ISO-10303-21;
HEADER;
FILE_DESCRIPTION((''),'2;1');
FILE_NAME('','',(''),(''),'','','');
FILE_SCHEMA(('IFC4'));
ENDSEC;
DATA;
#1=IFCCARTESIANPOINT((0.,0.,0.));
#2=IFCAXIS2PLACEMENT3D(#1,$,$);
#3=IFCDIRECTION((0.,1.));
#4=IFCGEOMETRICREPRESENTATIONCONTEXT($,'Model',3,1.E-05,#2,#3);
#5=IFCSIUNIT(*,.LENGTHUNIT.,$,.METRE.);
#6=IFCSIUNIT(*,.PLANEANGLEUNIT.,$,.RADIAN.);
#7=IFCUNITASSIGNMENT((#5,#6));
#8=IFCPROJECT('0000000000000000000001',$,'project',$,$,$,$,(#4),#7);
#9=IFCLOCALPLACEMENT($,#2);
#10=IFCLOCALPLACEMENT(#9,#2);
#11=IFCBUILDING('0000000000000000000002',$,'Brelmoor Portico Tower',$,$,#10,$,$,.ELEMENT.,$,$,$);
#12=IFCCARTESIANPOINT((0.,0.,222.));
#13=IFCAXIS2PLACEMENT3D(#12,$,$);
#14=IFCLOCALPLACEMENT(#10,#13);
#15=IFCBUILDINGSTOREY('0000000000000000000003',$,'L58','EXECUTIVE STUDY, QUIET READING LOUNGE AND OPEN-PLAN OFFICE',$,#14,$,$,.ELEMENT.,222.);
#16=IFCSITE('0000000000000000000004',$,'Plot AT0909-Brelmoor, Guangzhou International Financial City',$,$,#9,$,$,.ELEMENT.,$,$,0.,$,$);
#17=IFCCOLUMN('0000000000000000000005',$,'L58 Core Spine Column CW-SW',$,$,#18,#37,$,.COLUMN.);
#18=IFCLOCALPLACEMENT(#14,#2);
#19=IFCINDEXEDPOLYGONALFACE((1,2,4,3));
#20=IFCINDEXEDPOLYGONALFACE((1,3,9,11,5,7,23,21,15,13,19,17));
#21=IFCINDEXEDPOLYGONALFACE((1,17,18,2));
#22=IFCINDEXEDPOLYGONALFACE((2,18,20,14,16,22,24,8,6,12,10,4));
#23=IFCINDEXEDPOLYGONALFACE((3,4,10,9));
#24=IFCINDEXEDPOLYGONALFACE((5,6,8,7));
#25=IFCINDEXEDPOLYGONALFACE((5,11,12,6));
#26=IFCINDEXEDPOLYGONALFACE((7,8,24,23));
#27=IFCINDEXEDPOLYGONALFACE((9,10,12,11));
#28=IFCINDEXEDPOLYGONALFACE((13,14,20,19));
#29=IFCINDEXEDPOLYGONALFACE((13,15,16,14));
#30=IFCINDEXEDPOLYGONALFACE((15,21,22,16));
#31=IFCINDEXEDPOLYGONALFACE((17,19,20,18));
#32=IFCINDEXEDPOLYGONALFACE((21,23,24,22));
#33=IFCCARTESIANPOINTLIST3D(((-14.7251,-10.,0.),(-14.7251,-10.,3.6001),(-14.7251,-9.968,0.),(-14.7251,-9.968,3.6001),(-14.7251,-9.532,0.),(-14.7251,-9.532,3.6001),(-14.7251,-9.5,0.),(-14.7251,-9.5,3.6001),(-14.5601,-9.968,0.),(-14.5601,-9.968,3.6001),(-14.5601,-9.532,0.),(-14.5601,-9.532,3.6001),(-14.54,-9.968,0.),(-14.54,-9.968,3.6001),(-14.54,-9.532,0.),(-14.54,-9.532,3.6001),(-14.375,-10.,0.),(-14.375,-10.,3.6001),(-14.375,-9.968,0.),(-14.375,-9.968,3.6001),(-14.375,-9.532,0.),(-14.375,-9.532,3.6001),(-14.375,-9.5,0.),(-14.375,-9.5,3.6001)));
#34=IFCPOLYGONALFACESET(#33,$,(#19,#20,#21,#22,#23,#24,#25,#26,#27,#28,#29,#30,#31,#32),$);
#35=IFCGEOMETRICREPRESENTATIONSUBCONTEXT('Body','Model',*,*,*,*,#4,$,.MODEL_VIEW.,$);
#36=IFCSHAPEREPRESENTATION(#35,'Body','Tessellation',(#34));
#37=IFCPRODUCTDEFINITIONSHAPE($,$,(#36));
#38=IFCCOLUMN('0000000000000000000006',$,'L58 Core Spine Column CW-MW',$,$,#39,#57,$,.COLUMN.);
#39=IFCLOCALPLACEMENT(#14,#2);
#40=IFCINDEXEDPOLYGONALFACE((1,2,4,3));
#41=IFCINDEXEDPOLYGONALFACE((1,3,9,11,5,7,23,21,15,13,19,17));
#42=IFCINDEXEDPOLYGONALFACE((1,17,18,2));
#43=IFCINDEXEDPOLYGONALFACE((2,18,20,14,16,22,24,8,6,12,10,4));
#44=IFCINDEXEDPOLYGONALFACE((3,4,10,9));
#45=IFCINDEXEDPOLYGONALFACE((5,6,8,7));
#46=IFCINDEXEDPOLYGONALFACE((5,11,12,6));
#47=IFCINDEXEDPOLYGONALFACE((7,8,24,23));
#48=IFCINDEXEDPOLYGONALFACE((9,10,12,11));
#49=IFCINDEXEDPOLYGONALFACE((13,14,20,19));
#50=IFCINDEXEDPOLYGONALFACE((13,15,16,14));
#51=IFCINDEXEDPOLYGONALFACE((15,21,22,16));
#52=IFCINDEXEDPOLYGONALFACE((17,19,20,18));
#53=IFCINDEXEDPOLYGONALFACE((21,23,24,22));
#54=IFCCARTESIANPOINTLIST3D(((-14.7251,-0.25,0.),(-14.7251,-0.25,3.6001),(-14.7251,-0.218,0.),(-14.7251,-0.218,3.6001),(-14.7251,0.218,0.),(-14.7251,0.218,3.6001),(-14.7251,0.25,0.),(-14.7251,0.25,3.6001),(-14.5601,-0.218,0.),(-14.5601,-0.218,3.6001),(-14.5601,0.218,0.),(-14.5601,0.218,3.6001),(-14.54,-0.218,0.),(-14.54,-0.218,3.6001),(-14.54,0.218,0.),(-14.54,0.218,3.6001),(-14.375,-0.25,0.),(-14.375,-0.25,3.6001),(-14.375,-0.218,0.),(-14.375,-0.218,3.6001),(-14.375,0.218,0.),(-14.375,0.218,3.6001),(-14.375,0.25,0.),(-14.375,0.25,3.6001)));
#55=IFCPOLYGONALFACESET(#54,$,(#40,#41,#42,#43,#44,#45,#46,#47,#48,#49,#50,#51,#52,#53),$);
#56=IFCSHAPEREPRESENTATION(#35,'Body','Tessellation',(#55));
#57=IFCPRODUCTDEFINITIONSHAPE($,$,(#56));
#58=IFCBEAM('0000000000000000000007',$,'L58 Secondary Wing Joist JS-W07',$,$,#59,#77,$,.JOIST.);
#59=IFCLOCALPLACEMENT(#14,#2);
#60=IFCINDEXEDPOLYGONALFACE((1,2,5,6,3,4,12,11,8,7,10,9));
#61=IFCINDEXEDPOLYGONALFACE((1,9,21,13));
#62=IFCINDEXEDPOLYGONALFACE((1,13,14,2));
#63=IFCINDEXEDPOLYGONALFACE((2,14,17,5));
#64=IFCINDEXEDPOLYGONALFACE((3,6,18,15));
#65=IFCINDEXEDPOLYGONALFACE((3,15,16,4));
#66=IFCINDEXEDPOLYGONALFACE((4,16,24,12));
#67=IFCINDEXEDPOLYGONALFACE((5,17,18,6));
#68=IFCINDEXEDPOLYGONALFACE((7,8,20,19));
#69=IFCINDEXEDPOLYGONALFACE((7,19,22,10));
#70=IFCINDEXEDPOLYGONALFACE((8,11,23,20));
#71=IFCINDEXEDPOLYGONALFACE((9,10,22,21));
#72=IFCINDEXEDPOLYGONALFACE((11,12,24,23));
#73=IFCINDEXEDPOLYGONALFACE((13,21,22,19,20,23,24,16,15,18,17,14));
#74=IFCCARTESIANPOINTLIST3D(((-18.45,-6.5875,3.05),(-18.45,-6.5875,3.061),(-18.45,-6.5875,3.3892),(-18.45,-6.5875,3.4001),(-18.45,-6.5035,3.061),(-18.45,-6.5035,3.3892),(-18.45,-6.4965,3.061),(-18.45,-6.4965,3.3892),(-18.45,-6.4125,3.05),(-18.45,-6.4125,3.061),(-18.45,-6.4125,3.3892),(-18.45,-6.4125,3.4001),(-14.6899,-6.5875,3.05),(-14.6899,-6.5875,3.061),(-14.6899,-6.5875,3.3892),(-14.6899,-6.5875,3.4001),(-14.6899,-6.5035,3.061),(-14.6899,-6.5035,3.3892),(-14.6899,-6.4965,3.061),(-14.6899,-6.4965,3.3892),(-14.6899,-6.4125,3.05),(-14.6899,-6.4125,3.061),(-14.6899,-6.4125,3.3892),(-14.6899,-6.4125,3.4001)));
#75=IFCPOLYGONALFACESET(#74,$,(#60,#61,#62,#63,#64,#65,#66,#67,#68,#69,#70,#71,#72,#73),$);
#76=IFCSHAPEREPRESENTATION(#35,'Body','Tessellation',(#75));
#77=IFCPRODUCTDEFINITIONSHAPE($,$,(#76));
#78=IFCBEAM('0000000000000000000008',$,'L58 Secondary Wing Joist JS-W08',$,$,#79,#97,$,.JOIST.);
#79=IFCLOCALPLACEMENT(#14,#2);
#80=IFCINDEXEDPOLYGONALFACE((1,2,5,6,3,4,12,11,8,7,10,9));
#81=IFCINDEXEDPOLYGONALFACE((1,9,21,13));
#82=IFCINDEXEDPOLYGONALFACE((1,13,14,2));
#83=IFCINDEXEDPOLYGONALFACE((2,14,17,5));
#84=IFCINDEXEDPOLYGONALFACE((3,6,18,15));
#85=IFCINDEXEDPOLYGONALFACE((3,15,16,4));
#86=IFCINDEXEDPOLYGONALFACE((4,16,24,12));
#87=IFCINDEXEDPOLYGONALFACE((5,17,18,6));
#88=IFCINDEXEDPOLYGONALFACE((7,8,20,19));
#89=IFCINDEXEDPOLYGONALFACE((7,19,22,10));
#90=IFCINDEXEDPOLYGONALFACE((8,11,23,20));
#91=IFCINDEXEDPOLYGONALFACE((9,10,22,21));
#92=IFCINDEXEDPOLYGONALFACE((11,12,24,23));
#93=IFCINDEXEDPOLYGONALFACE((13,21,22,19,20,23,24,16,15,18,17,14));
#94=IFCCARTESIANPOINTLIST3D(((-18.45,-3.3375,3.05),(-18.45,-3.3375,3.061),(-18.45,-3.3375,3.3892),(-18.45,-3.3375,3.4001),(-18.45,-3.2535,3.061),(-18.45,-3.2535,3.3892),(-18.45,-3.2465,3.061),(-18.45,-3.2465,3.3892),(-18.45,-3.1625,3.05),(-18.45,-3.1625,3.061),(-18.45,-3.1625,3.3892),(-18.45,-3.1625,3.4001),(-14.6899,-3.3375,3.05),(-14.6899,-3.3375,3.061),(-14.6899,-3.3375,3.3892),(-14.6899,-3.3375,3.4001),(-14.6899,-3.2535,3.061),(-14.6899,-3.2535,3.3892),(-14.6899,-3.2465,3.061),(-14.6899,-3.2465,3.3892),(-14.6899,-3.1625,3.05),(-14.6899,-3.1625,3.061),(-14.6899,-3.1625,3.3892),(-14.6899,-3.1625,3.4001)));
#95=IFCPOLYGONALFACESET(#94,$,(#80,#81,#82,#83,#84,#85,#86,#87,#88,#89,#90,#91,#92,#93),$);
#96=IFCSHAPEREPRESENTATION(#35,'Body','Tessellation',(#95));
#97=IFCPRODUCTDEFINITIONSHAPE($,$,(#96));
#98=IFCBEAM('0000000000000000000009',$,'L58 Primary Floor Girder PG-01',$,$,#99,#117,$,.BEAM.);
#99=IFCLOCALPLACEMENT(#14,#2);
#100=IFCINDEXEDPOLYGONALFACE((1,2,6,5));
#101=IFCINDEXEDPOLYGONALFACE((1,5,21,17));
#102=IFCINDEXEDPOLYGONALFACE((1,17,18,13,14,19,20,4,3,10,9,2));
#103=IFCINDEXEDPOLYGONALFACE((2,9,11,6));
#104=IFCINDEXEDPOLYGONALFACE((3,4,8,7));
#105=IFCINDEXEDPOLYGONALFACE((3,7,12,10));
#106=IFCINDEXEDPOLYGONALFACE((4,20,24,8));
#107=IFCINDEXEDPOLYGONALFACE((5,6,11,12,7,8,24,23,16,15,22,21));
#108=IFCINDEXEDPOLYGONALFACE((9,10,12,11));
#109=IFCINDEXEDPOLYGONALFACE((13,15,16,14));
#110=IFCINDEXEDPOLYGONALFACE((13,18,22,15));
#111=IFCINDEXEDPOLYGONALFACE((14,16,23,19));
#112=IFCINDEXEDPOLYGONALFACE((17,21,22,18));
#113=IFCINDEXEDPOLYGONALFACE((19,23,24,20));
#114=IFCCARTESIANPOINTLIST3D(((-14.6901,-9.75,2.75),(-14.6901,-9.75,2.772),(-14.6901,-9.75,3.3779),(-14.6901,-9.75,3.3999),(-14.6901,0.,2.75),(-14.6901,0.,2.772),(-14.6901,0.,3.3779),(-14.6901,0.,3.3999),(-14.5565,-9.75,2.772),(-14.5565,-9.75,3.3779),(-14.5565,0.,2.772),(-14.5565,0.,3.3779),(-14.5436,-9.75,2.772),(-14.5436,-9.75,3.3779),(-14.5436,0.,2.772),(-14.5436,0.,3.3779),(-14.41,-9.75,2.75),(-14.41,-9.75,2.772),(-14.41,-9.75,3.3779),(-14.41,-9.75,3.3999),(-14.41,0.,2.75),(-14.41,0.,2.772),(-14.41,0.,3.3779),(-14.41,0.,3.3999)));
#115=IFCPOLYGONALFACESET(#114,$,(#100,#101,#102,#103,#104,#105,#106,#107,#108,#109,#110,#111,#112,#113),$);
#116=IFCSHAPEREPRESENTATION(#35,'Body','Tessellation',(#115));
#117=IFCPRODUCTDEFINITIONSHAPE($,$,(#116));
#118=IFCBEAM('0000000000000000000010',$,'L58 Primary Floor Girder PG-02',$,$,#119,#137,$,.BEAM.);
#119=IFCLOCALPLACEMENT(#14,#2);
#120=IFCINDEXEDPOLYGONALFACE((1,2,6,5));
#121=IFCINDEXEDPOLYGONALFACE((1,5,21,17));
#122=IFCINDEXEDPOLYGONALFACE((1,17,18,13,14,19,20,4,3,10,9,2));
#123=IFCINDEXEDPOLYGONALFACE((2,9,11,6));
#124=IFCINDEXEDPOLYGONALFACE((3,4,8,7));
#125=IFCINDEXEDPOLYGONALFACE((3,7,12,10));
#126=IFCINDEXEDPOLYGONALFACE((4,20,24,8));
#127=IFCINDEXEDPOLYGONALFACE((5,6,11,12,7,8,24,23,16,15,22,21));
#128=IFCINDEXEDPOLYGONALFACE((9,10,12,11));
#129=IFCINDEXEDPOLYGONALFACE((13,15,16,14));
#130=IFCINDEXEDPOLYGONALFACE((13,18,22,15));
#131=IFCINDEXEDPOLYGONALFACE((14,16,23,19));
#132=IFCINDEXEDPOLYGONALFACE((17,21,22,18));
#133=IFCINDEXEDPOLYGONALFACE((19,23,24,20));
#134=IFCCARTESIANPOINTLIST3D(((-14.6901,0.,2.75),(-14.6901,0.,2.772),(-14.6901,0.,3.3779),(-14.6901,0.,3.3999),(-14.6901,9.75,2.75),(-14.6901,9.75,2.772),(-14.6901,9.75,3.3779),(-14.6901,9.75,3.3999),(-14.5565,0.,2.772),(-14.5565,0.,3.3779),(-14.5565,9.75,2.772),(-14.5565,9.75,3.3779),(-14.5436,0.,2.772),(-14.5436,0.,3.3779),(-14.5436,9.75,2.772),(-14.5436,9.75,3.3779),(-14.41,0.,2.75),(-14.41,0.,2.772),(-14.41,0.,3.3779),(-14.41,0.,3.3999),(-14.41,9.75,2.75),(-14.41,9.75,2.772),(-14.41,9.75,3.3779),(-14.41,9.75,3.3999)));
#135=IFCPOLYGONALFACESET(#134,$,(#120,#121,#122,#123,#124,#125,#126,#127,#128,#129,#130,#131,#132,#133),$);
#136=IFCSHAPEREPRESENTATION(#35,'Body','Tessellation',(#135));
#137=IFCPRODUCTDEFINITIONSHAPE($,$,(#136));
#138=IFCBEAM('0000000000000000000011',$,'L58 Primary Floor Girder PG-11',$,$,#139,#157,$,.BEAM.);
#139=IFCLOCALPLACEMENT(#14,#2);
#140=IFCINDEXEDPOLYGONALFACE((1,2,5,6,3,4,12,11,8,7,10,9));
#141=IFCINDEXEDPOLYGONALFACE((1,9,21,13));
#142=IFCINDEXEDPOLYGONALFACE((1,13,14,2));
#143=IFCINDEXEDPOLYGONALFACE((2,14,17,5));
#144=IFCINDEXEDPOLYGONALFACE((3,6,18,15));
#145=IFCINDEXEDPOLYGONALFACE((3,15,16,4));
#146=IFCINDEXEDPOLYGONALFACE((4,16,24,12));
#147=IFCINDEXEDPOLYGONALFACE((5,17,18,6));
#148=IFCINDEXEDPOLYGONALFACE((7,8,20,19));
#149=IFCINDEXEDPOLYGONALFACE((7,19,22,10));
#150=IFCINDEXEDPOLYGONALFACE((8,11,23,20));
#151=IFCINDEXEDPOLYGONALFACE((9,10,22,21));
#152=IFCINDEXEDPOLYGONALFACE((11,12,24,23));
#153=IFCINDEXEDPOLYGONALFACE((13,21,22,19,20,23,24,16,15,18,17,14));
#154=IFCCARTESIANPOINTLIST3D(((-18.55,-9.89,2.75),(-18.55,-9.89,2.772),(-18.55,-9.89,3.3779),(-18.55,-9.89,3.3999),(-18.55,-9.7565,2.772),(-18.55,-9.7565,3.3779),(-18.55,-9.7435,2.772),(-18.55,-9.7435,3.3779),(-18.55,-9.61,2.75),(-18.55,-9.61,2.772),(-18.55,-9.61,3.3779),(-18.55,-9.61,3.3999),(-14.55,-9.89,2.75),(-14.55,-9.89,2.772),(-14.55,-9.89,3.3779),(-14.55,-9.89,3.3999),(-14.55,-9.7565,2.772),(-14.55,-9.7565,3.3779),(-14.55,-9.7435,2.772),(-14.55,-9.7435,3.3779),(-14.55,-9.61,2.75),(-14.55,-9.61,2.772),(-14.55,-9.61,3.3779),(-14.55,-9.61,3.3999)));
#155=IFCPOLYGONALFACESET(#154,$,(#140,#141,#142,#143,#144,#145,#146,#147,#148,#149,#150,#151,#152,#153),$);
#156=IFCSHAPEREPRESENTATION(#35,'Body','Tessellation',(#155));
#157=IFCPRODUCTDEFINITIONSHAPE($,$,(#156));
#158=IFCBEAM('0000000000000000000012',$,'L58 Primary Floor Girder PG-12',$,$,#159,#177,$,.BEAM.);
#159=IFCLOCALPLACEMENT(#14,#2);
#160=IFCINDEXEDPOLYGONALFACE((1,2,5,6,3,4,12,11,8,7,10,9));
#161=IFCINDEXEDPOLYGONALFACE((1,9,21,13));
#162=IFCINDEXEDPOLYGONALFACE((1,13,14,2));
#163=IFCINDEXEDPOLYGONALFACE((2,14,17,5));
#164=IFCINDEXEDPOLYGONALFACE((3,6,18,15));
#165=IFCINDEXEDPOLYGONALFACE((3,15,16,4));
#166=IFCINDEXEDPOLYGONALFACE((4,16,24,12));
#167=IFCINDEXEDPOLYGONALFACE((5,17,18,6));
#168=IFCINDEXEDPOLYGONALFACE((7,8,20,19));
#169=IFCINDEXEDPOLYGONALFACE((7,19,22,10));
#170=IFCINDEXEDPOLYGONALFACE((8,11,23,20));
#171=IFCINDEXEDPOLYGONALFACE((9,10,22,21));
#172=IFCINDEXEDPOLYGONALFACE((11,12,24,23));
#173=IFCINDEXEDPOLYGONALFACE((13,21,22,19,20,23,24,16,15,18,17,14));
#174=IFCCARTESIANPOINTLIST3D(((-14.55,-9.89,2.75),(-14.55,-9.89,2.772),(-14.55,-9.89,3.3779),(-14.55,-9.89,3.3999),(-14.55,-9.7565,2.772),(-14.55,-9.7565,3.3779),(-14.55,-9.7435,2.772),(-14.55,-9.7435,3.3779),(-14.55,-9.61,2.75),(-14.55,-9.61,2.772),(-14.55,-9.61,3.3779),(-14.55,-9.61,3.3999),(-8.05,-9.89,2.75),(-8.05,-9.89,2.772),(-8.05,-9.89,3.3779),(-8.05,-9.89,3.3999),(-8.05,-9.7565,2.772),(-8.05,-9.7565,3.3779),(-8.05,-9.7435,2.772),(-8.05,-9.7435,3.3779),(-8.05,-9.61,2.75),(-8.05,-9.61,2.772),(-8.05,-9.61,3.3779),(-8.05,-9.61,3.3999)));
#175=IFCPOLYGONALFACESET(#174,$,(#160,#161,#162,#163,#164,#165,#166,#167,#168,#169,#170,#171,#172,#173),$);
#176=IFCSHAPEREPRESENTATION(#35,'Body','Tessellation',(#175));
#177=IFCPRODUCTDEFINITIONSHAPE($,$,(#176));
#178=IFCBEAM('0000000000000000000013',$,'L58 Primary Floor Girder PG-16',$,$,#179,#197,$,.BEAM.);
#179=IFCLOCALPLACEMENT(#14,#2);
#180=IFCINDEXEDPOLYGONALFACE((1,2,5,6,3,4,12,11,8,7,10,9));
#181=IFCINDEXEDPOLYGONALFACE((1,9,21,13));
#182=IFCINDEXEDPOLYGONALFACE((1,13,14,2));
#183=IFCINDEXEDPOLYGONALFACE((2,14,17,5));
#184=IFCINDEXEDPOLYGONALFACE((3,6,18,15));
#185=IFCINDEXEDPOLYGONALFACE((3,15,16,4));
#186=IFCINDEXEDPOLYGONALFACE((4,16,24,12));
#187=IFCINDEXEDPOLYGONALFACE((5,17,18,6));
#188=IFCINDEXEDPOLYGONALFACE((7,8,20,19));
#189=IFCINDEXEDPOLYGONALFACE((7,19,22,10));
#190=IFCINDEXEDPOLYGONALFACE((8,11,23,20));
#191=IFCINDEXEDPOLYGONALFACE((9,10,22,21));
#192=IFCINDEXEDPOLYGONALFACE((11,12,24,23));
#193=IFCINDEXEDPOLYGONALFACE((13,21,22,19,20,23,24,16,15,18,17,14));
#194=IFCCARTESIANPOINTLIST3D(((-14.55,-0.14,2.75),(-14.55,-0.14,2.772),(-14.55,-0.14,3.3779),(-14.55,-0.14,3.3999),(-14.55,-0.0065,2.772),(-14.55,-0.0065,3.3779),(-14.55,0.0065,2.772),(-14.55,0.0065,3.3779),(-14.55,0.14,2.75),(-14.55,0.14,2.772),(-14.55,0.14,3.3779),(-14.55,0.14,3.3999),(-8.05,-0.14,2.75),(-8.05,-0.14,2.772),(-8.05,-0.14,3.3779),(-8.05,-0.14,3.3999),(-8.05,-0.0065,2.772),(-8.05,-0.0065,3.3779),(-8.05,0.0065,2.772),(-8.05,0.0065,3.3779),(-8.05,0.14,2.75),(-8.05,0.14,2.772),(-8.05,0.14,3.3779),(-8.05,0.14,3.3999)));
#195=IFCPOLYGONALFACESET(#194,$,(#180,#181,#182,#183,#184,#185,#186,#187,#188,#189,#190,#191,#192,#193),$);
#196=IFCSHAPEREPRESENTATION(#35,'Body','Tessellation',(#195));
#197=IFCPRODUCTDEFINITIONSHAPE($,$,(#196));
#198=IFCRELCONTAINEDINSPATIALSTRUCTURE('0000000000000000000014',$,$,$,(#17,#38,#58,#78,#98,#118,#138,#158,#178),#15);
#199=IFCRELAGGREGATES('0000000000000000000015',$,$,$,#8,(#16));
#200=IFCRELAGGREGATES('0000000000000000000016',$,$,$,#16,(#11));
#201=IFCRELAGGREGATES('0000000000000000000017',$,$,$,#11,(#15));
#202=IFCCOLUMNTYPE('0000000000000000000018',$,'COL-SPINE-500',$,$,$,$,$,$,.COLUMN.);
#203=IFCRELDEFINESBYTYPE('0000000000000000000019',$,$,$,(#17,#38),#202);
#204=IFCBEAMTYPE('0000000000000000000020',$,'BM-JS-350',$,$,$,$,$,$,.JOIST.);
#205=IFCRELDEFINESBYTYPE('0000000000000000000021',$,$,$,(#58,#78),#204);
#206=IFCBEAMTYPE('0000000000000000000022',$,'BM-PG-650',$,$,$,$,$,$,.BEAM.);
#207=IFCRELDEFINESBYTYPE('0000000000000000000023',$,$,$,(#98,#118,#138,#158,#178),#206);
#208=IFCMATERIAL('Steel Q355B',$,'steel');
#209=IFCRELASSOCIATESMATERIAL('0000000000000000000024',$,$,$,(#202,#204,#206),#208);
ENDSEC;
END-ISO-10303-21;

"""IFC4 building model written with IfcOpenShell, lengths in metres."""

from ifc_helpers import new_model, si_unit, direction, frame, origin, origin_2d, place, context, subcontext, project, spatial, i_section, extrude, material, material_profile, profile_set, type_object, element, save


model = new_model("IFC4")

# Units and contexts
model_context = context("Model", 3, precision=1e-05, world=origin(), true_north=direction((0.0, 1.0)))
body_context = subcontext(model_context, "Body", "Model", "MODEL_VIEW")
ifc_project = project(units=[si_unit("LENGTHUNIT", "METRE"), si_unit("PLANEANGLEUNIT", "RADIAN")], contexts=[model_context])

# Site, building, storey
site_placement = place(None, origin())
site = spatial("IfcSite", under=ifc_project, at=site_placement, Name="Plot AT0909-Brelmoor, Guangzhou International Financial City", CompositionType="ELEMENT", RefElevation=0.0)
building_placement = place(site_placement, origin())
building = spatial("IfcBuilding", under=site, at=building_placement, Name="Brelmoor Portico Tower", CompositionType="ELEMENT")
storey_placement = place(building_placement, frame((0.0, 0.0, 222.0)))
storey = spatial("IfcBuildingStorey", under=building, at=storey_placement, Name="L58", Description="EXECUTIVE STUDY, QUIET READING LOUNGE AND OPEN-PLAN OFFICE", CompositionType="ELEMENT", Elevation=222.0)

# Columns
ifc_material_1 = material(Name="Steel Q355B", Category="steel")
ifc_material_profile_1 = material_profile(ifc_material_1, i_section(OverallWidth=0.3501, OverallDepth=0.5, WebThickness=0.02, FlangeThickness=0.032, at=origin_2d()), Name="HW 500x350x20x32")
ifc_profile_set_1 = profile_set([ifc_material_profile_1], Name="Steel Q355B")
column_type = type_object("IfcColumnType", Name="COL-SPINE-500", PredefinedType="COLUMN", material=ifc_profile_set_1)
for number, where, z_axis, x_axis, name in (
    (1, (-14.55, -9.75, 0.0), (0.0, 0.0, 1.0), (1.0, 0.0, 0.0), "L58 Core Spine Column CW-SW"),
    (2, (-14.55, 0.0, 0.0), (0.0, 0.0, 1.0), (1.0, 0.0, 0.0), "L58 Core Spine Column CW-MW"),
):
    element("IfcColumn", number, at=place(storey_placement, frame(where, z_axis=z_axis, x_axis=x_axis)), inside=storey, type_object=column_type, Name=name, PredefinedType="COLUMN", context=body_context, shape_type="SweptSolid", body=[
        extrude(i_section(OverallWidth=0.3501, OverallDepth=0.5, WebThickness=0.02, FlangeThickness=0.032, at=origin_2d()), origin(), (0.0, 0.0, 1.0), 3.6001),
    ])

# Beams
ifc_material_profile_2 = material_profile(ifc_material_1, i_section(OverallWidth=0.175, OverallDepth=0.3501, WebThickness=0.0071, FlangeThickness=0.011, at=origin_2d()), Name="HN 350x175x7x11")
ifc_profile_set_2 = profile_set([ifc_material_profile_2], Name="Steel Q355B")
beam_type_1 = type_object("IfcBeamType", Name="BM-JS-350", PredefinedType="JOIST", material=ifc_profile_set_2)
for number, where, z_axis, x_axis, name in (
    (3, (-18.45, -6.5, 3.2251), (1.0, 0.0, 0.0), (0.0, 1.0, 0.0), "L58 Secondary Wing Joist JS-W07"),
    (4, (-18.45, -3.25, 3.2251), (1.0, 0.0, 0.0), (0.0, 1.0, 0.0), "L58 Secondary Wing Joist JS-W08"),
):
    element("IfcBeam", number, at=place(storey_placement, frame(where, z_axis=z_axis, x_axis=x_axis)), inside=storey, type_object=beam_type_1, Name=name, PredefinedType="JOIST", context=body_context, shape_type="SweptSolid", body=[
        extrude(i_section(OverallWidth=0.175, OverallDepth=0.3501, WebThickness=0.0071, FlangeThickness=0.011, at=origin_2d()), origin(), (0.0, 0.0, 1.0), 3.76),
    ])
ifc_material_profile_3 = material_profile(ifc_material_1, i_section(OverallWidth=0.28, OverallDepth=0.6499, WebThickness=0.0129, FlangeThickness=0.022, at=origin_2d()), Name="HN 650x280x13x22")
ifc_profile_set_3 = profile_set([ifc_material_profile_3], Name="Steel Q355B")
beam_type_2 = type_object("IfcBeamType", Name="BM-PG-650", PredefinedType="BEAM", material=ifc_profile_set_3)
for number, where, z_axis, x_axis, name in (
    (5, (-14.55, -9.75, 3.075), (0.0, 1.0, 0.0), (-1.0, 0.0, 0.0), "L58 Primary Floor Girder PG-01"),
    (6, (-14.55, 0.0, 3.075), (0.0, 1.0, 0.0), (-1.0, 0.0, 0.0), "L58 Primary Floor Girder PG-02"),
):
    element("IfcBeam", number, at=place(storey_placement, frame(where, z_axis=z_axis, x_axis=x_axis)), inside=storey, type_object=beam_type_2, Name=name, PredefinedType="BEAM", context=body_context, shape_type="SweptSolid", body=[
        extrude(i_section(OverallWidth=0.28, OverallDepth=0.6499, WebThickness=0.0129, FlangeThickness=0.022, at=origin_2d()), origin(), (0.0, 0.0, 1.0), 9.75),
    ])
beam_placement = place(storey_placement, frame((-18.55, -9.75, 3.075), z_axis=(1.0, 0.0, 0.0), x_axis=(0.0, 1.0, 0.0)))
element("IfcBeam", 7, at=beam_placement, inside=storey, type_object=beam_type_2, Name="L58 Primary Floor Girder PG-11", PredefinedType="BEAM", context=body_context, shape_type="SweptSolid", body=[
    extrude(i_section(OverallWidth=0.28, OverallDepth=0.6499, WebThickness=0.0129, FlangeThickness=0.022, at=origin_2d()), origin(), (0.0, 0.0, 1.0), 4.0),
])
for number, where, z_axis, x_axis, name in (
    (8, (-14.55, -9.75, 3.075), (1.0, 0.0, 0.0), (0.0, 1.0, 0.0), "L58 Primary Floor Girder PG-12"),
    (9, (-14.55, 0.0, 3.075), (1.0, 0.0, 0.0), (0.0, 1.0, 0.0), "L58 Primary Floor Girder PG-16"),
):
    element("IfcBeam", number, at=place(storey_placement, frame(where, z_axis=z_axis, x_axis=x_axis)), inside=storey, type_object=beam_type_2, Name=name, PredefinedType="BEAM", context=body_context, shape_type="SweptSolid", body=[
        extrude(i_section(OverallWidth=0.28, OverallDepth=0.6499, WebThickness=0.0129, FlangeThickness=0.022, at=origin_2d()), origin(), (0.0, 0.0, 1.0), 6.5),
    ])

save(model, "model.ifc")
